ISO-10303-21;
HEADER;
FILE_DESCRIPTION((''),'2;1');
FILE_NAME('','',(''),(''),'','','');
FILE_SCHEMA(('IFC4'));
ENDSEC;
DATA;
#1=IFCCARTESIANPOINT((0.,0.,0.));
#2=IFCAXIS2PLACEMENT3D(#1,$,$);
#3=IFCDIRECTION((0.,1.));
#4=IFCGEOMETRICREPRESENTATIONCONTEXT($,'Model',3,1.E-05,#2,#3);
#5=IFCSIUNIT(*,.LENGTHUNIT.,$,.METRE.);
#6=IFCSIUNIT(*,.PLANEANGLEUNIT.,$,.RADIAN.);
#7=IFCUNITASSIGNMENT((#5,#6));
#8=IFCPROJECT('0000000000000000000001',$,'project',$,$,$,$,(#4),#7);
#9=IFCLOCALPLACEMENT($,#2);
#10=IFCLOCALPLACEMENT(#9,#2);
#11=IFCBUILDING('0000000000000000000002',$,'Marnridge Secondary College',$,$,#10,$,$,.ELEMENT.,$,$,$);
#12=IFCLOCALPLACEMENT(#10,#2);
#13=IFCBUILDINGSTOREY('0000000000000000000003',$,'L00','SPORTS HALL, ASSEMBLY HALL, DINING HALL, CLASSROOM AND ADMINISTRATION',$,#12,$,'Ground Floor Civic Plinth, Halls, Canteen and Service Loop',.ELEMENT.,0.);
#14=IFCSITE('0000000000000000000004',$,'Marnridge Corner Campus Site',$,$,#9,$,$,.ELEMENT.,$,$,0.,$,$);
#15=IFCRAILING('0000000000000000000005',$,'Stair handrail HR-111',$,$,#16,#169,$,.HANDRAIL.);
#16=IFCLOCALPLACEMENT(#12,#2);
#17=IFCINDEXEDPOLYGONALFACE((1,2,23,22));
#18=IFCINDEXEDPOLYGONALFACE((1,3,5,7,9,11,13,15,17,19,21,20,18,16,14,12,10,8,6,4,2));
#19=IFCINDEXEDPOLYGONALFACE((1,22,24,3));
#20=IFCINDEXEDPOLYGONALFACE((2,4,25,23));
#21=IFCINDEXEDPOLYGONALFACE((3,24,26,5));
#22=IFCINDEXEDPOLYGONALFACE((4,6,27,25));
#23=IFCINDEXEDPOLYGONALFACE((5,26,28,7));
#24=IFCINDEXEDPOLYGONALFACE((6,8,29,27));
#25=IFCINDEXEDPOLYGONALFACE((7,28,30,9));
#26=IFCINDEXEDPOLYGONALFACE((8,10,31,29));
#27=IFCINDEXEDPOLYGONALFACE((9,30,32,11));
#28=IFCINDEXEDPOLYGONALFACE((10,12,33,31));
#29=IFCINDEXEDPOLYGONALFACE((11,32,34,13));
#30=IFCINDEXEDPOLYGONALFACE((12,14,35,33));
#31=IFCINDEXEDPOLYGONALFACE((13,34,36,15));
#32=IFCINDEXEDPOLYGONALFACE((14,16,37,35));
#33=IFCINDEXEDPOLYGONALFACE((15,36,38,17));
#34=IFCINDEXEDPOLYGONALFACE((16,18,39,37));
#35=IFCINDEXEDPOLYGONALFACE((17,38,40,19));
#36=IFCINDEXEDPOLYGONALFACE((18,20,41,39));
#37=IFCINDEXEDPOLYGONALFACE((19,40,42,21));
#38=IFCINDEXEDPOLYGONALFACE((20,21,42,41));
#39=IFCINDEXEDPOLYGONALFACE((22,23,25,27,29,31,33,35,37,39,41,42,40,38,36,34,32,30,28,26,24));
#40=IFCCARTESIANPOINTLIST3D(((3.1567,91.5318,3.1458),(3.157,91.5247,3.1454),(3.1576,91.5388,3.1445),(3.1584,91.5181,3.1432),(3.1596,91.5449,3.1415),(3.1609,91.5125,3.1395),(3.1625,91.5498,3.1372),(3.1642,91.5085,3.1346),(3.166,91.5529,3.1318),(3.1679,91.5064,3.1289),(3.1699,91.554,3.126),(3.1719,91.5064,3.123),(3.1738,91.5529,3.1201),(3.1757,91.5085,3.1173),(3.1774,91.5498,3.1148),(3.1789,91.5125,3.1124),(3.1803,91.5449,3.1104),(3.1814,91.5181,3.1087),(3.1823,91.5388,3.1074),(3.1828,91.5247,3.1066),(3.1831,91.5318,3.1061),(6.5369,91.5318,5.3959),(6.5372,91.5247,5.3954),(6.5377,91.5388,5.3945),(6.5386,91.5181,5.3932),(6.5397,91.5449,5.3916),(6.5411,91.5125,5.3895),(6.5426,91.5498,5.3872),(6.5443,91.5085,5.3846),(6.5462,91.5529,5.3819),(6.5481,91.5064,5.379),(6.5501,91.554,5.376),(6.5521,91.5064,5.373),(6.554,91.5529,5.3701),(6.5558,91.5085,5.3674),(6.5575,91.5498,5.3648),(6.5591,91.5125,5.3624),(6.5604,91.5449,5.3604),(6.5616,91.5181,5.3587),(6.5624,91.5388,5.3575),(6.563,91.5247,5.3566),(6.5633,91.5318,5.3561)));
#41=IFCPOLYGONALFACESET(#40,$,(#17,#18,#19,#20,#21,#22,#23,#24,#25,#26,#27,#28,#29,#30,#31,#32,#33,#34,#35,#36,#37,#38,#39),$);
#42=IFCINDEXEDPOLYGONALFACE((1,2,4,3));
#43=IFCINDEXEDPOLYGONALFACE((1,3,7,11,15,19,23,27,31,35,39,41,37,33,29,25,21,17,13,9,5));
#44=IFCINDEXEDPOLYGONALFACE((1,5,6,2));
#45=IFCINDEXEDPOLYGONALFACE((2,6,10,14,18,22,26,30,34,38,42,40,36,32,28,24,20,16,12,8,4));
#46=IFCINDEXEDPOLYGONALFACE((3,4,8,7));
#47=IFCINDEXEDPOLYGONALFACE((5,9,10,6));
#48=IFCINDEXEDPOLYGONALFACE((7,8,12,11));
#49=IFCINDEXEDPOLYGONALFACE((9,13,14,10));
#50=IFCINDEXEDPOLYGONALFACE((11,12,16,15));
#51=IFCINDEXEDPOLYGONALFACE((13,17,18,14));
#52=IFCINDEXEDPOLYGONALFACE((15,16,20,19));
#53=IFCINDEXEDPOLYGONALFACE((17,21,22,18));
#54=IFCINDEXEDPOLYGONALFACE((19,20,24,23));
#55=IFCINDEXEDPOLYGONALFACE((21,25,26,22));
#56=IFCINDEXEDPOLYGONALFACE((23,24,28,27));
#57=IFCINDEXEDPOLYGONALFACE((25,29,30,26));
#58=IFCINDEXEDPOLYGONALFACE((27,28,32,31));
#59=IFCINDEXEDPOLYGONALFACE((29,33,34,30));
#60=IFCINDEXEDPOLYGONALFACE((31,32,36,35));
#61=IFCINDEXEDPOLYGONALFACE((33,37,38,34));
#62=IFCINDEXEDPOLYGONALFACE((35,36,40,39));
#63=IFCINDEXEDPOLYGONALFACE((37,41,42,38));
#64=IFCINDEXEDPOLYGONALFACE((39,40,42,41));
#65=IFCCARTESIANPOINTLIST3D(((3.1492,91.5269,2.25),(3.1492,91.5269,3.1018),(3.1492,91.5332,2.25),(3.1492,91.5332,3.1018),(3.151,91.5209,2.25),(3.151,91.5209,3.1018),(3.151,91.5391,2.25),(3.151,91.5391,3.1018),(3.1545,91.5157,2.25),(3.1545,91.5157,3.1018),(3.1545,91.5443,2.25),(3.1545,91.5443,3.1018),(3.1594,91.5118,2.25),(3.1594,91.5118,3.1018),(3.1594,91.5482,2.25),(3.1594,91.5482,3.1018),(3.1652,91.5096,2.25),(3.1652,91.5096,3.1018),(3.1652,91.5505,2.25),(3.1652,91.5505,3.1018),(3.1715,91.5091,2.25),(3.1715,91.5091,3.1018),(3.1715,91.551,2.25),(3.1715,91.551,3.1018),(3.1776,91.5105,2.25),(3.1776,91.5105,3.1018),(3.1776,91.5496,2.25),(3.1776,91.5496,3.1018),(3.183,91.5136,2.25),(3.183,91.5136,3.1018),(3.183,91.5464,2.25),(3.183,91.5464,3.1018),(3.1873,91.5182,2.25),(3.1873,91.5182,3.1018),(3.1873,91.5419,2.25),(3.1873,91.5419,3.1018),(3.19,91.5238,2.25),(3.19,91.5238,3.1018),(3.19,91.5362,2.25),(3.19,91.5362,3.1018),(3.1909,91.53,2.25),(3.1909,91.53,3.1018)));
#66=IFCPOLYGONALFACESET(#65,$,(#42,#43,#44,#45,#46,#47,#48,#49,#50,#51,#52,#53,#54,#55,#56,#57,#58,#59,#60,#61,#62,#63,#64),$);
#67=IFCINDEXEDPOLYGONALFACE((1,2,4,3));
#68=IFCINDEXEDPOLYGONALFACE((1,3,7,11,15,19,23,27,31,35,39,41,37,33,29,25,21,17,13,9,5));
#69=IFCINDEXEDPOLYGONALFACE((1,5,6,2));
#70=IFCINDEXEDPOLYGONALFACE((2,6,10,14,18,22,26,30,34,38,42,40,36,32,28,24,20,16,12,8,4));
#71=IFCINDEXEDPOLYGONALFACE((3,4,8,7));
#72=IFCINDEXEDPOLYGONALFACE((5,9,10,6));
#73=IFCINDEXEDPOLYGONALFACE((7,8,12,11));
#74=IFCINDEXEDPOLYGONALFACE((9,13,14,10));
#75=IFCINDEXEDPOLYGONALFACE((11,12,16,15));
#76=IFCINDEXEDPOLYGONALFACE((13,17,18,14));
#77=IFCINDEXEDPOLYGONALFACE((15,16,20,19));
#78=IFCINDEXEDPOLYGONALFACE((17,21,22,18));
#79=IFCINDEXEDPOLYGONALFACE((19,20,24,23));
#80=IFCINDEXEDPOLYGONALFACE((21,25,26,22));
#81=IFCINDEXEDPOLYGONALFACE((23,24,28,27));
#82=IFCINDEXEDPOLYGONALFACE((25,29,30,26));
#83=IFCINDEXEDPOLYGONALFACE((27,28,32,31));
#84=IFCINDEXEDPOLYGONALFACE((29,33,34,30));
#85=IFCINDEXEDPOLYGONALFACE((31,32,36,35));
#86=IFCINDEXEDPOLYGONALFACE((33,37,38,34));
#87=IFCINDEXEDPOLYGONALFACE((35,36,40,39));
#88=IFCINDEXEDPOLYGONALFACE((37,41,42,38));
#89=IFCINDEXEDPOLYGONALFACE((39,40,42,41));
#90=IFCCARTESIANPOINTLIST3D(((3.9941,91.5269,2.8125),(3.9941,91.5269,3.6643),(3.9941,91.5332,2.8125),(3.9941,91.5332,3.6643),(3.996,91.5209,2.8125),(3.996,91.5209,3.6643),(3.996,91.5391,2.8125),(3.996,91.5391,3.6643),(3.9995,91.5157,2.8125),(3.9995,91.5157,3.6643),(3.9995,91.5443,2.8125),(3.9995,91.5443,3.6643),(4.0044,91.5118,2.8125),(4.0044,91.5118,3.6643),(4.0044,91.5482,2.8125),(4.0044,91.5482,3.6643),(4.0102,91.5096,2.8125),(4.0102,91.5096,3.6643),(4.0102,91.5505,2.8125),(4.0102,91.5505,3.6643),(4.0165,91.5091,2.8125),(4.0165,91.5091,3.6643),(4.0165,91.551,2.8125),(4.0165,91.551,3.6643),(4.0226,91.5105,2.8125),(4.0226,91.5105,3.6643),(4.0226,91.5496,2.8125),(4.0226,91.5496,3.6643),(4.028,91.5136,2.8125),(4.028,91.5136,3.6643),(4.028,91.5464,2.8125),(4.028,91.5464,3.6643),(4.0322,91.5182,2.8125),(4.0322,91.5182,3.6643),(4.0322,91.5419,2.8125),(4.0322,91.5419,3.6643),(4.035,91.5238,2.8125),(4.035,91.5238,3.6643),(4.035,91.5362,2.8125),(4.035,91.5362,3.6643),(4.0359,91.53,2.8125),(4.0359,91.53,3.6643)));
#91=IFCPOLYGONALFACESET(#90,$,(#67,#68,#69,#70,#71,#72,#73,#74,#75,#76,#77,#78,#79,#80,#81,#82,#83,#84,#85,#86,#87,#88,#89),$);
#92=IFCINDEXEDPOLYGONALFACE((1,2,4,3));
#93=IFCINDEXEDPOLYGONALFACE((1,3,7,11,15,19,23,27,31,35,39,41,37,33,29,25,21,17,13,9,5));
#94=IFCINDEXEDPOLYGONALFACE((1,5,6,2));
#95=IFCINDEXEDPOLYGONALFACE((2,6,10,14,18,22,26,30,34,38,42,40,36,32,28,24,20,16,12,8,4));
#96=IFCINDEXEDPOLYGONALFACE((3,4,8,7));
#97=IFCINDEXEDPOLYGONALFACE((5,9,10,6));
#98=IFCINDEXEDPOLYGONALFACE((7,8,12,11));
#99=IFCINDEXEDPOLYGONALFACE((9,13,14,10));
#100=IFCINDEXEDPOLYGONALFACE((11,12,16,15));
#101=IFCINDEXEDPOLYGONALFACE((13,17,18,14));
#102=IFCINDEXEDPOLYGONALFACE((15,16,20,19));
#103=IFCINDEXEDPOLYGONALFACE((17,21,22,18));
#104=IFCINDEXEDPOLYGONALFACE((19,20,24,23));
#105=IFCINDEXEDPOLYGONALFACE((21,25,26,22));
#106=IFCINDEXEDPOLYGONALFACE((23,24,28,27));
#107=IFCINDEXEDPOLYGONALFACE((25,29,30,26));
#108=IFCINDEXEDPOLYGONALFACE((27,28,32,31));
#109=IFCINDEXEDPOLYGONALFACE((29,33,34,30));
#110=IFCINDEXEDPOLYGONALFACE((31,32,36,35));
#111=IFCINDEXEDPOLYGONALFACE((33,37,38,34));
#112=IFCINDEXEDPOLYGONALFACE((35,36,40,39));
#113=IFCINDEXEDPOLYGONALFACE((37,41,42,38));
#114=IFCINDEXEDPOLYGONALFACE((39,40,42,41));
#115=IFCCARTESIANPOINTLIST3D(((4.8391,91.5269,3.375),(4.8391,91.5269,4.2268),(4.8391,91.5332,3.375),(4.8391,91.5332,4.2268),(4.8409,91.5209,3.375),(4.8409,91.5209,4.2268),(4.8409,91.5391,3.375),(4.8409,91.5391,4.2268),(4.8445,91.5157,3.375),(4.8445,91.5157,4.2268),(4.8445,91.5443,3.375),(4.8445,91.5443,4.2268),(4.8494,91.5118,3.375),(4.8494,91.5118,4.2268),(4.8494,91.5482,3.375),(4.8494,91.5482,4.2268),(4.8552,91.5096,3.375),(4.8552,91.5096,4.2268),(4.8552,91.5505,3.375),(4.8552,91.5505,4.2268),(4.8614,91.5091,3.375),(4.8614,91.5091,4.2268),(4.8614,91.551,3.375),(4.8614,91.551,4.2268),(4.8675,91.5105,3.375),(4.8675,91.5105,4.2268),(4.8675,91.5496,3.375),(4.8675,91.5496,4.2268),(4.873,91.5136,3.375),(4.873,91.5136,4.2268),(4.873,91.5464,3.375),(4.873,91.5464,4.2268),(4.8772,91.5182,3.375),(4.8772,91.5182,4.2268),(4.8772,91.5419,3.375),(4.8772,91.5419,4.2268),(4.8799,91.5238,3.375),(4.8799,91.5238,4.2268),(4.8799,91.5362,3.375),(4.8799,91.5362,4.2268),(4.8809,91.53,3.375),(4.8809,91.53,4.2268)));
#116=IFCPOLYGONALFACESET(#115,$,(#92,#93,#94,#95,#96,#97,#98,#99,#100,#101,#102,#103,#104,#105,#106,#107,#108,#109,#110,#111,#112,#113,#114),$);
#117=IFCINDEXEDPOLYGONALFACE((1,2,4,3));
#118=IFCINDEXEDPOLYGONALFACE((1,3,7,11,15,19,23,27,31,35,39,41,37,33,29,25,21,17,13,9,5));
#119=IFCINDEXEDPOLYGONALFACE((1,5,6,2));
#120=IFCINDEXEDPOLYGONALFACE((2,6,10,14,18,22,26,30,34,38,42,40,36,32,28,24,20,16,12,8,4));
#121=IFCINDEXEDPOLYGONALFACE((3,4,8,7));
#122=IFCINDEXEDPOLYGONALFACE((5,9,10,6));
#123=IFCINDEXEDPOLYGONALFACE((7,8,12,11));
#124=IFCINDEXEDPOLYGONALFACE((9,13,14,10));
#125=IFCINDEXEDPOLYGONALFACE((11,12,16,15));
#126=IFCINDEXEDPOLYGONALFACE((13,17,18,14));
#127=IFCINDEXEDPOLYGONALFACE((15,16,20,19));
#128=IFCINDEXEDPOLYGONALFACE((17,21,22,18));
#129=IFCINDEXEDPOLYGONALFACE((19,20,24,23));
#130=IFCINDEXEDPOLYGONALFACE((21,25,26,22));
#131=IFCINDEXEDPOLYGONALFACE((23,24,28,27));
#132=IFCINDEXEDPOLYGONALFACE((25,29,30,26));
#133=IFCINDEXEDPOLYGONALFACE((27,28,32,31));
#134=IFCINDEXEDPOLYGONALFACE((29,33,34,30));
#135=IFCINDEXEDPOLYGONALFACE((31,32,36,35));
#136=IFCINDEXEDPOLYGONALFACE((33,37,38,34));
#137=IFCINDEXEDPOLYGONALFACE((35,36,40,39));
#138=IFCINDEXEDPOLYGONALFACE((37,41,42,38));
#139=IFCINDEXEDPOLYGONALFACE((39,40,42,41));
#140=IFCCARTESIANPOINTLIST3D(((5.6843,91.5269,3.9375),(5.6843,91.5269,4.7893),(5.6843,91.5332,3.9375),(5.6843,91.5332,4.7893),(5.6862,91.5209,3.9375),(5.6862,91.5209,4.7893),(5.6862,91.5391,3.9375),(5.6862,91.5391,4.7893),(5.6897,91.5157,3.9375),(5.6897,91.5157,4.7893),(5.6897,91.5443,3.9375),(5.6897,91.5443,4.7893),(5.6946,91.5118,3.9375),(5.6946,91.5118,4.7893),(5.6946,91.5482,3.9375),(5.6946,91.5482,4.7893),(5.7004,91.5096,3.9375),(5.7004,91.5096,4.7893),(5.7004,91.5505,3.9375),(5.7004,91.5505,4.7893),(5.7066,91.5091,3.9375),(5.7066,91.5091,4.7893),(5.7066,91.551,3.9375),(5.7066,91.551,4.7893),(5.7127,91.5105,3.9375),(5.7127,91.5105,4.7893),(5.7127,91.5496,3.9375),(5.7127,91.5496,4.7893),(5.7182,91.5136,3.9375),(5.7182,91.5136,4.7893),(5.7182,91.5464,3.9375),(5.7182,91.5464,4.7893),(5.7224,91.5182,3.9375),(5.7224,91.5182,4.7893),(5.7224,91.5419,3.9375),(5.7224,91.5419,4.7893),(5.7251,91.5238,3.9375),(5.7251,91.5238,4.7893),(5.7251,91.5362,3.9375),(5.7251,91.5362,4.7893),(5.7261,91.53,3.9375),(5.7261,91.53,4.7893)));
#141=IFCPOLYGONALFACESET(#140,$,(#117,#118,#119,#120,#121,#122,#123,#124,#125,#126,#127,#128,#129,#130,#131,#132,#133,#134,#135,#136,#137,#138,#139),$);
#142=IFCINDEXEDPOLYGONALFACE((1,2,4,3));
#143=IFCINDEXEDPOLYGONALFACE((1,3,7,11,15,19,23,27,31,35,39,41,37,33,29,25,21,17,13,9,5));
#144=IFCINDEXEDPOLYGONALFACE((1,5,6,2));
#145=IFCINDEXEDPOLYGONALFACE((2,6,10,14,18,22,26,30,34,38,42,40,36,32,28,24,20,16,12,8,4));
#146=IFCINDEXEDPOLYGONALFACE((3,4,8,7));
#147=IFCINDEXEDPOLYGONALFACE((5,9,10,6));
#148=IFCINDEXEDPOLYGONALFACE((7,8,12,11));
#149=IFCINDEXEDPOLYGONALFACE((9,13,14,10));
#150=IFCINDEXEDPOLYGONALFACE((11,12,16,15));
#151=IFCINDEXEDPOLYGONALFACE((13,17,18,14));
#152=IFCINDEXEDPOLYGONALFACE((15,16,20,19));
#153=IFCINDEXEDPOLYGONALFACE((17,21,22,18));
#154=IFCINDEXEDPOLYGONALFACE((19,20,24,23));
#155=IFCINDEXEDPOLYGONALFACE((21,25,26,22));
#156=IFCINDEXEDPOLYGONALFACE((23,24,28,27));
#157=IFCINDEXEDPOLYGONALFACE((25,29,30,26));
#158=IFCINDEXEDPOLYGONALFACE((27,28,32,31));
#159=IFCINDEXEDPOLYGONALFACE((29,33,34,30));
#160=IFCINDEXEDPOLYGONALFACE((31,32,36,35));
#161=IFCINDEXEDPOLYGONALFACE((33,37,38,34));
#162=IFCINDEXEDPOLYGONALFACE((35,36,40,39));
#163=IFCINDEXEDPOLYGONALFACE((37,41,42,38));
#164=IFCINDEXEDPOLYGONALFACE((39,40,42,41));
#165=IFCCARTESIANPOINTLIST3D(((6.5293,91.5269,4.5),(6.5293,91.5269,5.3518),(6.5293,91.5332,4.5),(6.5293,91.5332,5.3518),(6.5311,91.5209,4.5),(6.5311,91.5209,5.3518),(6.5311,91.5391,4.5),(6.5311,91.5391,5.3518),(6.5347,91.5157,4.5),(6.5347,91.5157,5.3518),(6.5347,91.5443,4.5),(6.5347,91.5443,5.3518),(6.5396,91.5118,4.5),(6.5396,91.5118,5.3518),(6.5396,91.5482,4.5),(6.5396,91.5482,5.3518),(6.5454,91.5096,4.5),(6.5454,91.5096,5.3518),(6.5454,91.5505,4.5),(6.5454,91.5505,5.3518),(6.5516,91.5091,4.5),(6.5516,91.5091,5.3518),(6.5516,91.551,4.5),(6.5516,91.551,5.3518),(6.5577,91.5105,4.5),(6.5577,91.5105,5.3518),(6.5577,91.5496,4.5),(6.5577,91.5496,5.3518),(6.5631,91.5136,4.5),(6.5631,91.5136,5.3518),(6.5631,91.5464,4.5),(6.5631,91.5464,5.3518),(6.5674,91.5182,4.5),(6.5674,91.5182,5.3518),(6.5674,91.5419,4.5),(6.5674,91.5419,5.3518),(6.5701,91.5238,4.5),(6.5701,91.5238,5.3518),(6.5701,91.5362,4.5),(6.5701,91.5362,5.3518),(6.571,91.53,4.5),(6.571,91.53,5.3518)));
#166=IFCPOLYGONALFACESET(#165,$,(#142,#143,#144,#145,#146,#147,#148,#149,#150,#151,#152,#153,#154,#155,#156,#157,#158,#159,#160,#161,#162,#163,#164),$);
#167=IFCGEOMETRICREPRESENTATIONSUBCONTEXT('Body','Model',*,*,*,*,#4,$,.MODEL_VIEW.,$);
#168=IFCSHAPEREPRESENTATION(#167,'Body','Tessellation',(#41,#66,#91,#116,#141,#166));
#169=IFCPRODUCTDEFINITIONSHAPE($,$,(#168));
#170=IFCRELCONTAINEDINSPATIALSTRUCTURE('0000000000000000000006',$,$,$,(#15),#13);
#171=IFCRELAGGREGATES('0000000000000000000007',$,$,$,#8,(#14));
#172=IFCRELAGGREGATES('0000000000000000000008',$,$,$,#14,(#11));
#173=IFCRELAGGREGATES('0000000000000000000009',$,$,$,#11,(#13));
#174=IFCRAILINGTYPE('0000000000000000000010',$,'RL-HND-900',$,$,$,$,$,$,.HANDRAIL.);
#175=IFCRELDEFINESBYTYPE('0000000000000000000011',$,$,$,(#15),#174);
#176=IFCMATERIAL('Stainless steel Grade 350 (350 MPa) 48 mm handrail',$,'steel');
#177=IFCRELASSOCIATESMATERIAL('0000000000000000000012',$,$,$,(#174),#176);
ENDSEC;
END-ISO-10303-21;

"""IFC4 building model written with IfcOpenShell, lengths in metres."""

from ifc_helpers import new_model, si_unit, direction, frame, origin, origin_2d, place, context, subcontext, project, spatial, circle, extrude, material, type_object, element, save


model = new_model("IFC4")

# Units and contexts
model_context = context("Model", 3, precision=1e-05, world=origin(), true_north=direction((0.0, 1.0)))
body_context = subcontext(model_context, "Body", "Model", "MODEL_VIEW")
ifc_project = project(units=[si_unit("LENGTHUNIT", "METRE"), si_unit("PLANEANGLEUNIT", "RADIAN")], contexts=[model_context])

# Site, building, storey
site_placement = place(None, origin())
site = spatial("IfcSite", under=ifc_project, at=site_placement, Name="Marnridge Corner Campus Site", CompositionType="ELEMENT", RefElevation=0.0)
building_placement = place(site_placement, origin())
building = spatial("IfcBuilding", under=site, at=building_placement, Name="Marnridge Secondary College", CompositionType="ELEMENT")
storey_placement = place(building_placement, origin())
storey = spatial("IfcBuildingStorey", under=building, at=storey_placement, Name="L00", Description="SPORTS HALL, ASSEMBLY HALL, DINING HALL, CLASSROOM AND ADMINISTRATION", LongName="Ground Floor Civic Plinth, Halls, Canteen and Service Loop", CompositionType="ELEMENT", Elevation=0.0)

# Railing
ifc_material_1 = material(Name="Stainless steel Grade 350 (350 MPa) 48 mm handrail", Category="steel")
railing_type_1 = type_object("IfcRailingType", Name="RL-HND-900", PredefinedType="HANDRAIL", material=ifc_material_1)
for number, where, name in (
    (1, (3.1699, 91.53, 2.25), "Stair handrail HR-111"),
):
    element("IfcRailing", number, at=place(storey_placement, frame(where)), inside=storey, type_object=railing_type_1, Name=name, PredefinedType="HANDRAIL", context=body_context, shape_type="SweptSolid", body=[
        extrude(circle(Radius=0.0239, at=origin_2d()), frame((0.0, 0.0, 0.876), z_axis=(0.832439, 0.0, 0.554117), x_axis=(0.0, 1.0, 0.0)), (0.0, 0.0, 1.0), 4.0605),
        extrude(circle(Radius=0.021, at=origin_2d()), origin(), (0.0, 0.0, 1.0), 0.8518),
        extrude(circle(Radius=0.021, at=origin_2d()), frame((0.845, 0.0, 0.5625)), (0.0, 0.0, 1.0), 0.8518),
        extrude(circle(Radius=0.021, at=origin_2d()), frame((1.6899, 0.0, 1.125)), (0.0, 0.0, 1.0), 0.8518),
        extrude(circle(Radius=0.021, at=origin_2d()), frame((2.5352, 0.0, 1.6875)), (0.0, 0.0, 1.0), 0.8518),
        extrude(circle(Radius=0.021, at=origin_2d()), frame((3.3801, 0.0, 2.25)), (0.0, 0.0, 1.0), 0.8518),
    ])

save(model, "model.ifc")
